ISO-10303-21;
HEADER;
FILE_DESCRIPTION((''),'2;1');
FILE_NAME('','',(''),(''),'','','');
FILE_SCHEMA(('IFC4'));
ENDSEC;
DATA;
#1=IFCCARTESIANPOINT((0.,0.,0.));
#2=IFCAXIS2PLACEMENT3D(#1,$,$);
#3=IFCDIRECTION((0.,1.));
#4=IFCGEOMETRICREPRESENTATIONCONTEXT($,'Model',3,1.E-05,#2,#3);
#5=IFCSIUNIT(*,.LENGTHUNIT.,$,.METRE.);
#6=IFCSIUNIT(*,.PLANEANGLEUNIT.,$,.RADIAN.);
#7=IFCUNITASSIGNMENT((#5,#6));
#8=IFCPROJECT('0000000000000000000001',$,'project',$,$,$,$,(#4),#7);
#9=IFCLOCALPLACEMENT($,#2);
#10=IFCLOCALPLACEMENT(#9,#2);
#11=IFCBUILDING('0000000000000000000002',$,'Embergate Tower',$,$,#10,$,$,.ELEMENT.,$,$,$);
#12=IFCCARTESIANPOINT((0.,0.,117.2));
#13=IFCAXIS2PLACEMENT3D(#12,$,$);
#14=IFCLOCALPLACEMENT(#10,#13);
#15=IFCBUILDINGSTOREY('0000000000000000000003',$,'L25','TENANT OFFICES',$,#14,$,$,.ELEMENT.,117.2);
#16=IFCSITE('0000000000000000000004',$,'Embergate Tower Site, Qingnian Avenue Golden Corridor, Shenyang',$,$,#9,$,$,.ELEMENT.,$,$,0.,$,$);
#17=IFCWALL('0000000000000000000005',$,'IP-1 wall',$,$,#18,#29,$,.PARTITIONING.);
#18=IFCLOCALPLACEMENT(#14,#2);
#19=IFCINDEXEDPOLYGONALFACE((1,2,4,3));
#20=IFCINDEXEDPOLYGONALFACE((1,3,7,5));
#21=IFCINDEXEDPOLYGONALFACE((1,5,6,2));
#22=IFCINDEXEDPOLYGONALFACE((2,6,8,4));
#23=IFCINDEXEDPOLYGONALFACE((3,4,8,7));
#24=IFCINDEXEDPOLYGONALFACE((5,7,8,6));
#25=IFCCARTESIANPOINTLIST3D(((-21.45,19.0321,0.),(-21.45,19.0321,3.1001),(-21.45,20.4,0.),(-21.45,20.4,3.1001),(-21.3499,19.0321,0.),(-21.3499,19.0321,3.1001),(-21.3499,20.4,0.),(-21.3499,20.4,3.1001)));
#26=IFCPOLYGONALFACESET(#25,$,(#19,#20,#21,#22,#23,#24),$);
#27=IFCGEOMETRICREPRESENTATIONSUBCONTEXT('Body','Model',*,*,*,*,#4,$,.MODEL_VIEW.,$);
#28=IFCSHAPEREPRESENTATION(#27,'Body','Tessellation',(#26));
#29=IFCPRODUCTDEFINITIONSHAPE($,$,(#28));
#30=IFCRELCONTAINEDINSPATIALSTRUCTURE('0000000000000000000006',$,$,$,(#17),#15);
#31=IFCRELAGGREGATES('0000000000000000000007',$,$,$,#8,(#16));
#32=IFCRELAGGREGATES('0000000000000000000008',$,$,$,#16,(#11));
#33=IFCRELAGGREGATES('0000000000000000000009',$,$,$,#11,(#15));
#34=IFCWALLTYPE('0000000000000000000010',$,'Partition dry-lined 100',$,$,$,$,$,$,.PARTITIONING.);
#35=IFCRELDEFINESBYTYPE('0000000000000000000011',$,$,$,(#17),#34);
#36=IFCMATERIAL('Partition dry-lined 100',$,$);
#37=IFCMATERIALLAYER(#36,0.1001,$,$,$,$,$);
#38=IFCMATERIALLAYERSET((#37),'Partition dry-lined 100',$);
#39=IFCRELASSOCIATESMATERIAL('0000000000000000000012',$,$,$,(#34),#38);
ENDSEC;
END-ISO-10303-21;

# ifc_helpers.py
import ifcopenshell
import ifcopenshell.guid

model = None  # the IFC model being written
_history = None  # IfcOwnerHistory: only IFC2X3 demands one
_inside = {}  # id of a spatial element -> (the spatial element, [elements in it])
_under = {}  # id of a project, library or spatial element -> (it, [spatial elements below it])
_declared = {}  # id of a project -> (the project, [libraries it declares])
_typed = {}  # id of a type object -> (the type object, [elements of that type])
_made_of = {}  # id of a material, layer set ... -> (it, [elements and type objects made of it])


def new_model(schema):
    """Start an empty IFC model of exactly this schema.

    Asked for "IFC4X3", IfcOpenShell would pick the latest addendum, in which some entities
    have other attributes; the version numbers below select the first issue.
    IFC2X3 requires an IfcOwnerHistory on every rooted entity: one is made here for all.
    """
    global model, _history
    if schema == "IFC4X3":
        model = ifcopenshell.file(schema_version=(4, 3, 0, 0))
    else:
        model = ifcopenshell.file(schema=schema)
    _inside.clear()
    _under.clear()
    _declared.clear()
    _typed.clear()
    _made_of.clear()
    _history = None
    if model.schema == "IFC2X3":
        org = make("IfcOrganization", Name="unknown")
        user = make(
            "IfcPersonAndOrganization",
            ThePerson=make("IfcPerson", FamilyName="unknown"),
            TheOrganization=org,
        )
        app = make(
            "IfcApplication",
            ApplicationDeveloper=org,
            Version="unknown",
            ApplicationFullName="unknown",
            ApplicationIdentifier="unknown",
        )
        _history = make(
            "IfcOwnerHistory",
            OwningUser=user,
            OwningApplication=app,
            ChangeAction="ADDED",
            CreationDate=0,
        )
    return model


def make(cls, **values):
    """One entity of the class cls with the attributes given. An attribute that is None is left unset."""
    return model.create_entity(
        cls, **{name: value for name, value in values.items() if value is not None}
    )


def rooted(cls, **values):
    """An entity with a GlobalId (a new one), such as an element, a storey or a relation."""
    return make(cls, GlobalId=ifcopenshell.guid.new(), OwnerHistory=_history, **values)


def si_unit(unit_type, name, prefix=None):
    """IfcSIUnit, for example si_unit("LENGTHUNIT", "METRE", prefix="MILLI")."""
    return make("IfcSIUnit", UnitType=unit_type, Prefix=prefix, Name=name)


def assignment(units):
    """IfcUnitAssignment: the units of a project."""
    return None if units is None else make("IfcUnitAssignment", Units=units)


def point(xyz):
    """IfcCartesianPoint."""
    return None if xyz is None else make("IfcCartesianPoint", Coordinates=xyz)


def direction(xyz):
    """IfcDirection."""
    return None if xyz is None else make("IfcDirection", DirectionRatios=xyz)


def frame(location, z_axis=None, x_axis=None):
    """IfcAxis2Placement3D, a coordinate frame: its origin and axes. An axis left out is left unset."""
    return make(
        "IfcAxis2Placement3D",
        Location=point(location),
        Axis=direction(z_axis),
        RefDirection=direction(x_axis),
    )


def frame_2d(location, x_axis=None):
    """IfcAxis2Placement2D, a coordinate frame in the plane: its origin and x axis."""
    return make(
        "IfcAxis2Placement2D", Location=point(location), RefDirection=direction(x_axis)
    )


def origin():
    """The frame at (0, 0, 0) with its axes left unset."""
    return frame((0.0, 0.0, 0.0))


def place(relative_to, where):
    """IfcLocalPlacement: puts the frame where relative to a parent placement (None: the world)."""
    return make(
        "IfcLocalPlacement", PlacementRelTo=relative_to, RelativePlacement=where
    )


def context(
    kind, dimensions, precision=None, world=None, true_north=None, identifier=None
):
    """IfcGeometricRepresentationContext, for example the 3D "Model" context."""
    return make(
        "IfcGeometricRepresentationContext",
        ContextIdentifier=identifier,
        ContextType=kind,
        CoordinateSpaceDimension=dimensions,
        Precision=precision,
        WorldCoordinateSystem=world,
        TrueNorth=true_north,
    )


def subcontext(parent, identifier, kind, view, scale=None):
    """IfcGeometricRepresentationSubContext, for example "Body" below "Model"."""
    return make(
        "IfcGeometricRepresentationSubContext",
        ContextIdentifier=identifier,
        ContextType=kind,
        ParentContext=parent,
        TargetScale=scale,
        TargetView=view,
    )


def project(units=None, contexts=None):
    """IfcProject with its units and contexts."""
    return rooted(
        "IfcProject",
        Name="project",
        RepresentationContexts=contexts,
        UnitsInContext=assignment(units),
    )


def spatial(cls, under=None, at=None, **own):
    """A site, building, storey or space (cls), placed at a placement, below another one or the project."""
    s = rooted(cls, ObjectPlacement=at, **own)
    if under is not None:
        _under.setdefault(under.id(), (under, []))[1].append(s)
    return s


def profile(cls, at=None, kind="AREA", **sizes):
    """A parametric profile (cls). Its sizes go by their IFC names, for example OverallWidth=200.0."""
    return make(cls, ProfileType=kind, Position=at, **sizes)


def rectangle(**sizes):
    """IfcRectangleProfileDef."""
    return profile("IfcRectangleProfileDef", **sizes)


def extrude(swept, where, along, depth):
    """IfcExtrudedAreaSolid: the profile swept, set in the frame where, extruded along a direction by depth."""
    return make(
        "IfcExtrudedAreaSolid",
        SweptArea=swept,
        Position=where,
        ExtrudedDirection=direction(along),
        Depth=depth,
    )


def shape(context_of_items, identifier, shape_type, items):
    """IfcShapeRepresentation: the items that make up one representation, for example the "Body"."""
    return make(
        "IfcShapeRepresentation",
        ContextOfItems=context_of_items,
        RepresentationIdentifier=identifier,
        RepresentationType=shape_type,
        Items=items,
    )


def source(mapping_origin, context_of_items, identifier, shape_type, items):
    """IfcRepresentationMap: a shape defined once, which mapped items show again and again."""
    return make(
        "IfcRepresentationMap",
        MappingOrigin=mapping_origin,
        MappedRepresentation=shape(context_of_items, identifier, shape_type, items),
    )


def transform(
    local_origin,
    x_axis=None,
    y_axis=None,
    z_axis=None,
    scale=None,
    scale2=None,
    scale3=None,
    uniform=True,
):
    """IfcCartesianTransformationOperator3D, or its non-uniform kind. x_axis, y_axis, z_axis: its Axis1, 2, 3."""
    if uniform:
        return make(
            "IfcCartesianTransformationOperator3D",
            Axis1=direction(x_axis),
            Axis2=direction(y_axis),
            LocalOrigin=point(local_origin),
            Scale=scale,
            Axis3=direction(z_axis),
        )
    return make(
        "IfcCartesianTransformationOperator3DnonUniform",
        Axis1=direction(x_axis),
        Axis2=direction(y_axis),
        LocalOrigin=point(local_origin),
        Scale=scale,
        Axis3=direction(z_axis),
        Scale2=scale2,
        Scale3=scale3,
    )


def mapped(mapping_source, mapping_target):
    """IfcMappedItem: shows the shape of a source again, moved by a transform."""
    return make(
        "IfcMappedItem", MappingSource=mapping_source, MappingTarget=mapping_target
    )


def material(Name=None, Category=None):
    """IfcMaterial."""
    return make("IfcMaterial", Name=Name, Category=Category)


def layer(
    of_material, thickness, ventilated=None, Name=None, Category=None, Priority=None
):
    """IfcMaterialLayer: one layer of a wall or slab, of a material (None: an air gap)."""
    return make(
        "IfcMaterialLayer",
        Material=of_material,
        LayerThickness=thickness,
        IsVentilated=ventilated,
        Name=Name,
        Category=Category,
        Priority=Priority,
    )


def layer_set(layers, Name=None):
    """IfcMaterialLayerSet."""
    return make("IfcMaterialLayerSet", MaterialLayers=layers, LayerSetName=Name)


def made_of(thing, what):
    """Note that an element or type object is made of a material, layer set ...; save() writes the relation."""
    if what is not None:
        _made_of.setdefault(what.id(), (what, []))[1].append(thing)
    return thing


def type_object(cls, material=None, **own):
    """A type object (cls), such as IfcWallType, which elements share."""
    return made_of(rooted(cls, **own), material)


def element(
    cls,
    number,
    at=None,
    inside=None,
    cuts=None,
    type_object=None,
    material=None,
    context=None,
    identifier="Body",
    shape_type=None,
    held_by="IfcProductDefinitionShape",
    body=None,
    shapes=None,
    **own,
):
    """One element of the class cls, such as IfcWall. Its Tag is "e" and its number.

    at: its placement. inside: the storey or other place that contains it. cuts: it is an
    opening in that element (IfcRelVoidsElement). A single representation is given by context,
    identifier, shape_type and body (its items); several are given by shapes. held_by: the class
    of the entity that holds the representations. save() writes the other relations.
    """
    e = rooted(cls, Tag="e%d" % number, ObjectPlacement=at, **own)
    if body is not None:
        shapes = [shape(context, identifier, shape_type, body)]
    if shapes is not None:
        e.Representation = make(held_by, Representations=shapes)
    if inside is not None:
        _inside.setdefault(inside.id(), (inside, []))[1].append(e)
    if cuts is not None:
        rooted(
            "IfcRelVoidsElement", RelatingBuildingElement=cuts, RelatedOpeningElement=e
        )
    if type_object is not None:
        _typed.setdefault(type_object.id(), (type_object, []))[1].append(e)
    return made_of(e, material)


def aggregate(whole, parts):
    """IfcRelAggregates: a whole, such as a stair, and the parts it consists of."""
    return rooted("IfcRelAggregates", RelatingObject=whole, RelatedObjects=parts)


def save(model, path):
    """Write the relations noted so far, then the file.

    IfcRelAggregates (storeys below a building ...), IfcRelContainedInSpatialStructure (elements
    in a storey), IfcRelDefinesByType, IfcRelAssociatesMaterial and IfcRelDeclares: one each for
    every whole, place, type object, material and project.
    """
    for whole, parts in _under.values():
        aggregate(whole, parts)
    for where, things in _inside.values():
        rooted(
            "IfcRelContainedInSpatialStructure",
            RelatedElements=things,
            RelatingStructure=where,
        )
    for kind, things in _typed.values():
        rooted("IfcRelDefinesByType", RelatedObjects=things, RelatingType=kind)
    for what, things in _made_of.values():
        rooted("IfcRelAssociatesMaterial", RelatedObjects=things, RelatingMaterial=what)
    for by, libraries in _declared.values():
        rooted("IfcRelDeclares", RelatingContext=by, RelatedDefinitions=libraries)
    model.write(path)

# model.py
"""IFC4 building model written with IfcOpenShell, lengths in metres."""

from ifc_helpers import new_model, si_unit, direction, frame, frame_2d, origin, place, context, subcontext, project, spatial, rectangle, extrude, source, transform, mapped, material, layer, layer_set, type_object, element, save


model = new_model("IFC4")

# Units and contexts
model_context = context("Model", 3, precision=1e-05, world=origin(), true_north=direction((0.0, 1.0)))
body_context = subcontext(model_context, "Body", "Model", "MODEL_VIEW")
ifc_project = project(units=[si_unit("LENGTHUNIT", "METRE"), si_unit("PLANEANGLEUNIT", "RADIAN")], contexts=[model_context])

# Site, building, storey
site_placement = place(None, origin())
site = spatial("IfcSite", under=ifc_project, at=site_placement, Name="Embergate Tower Site, Qingnian Avenue Golden Corridor, Shenyang", CompositionType="ELEMENT", RefElevation=0.0)
building_placement = place(site_placement, origin())
building = spatial("IfcBuilding", under=site, at=building_placement, Name="Embergate Tower", CompositionType="ELEMENT")
storey_placement = place(building_placement, frame((0.0, 0.0, 117.2)))
storey = spatial("IfcBuildingStorey", under=building, at=storey_placement, Name="L25", Description="TENANT OFFICES", CompositionType="ELEMENT", Elevation=117.2)

# Wall
ifc_material_1 = material(Name="Partition dry-lined 100")
ifc_layer_1 = layer(ifc_material_1, 0.1001)
ifc_layer_set_1 = layer_set([ifc_layer_1], Name="Partition dry-lined 100")
wall_type_1 = type_object("IfcWallType", Name="Partition dry-lined 100", PredefinedType="PARTITIONING", material=ifc_layer_set_1)
shared_shape_1 = source(origin(), body_context, "Body", "SweptSolid", [
    extrude(rectangle(XDim=1.3679, YDim=0.1001, at=frame_2d((0.6841, 0.0))), origin(), (0.0, 0.0, 1.0), 3.1001),
])
wall_1_placement = place(storey_placement, frame((-21.3999, 19.032, 0.0), z_axis=(0.0, 0.0, 1.0), x_axis=(0.0, 1.0, 0.0)))
element("IfcWall", 1, at=wall_1_placement, inside=storey, type_object=wall_type_1, Name="IP-1 wall", PredefinedType="PARTITIONING", context=body_context, shape_type="MappedRepresentation", body=[
    mapped(shared_shape_1, transform((0.0, 0.0, 0.0))),
])

save(model, "model.ifc")
